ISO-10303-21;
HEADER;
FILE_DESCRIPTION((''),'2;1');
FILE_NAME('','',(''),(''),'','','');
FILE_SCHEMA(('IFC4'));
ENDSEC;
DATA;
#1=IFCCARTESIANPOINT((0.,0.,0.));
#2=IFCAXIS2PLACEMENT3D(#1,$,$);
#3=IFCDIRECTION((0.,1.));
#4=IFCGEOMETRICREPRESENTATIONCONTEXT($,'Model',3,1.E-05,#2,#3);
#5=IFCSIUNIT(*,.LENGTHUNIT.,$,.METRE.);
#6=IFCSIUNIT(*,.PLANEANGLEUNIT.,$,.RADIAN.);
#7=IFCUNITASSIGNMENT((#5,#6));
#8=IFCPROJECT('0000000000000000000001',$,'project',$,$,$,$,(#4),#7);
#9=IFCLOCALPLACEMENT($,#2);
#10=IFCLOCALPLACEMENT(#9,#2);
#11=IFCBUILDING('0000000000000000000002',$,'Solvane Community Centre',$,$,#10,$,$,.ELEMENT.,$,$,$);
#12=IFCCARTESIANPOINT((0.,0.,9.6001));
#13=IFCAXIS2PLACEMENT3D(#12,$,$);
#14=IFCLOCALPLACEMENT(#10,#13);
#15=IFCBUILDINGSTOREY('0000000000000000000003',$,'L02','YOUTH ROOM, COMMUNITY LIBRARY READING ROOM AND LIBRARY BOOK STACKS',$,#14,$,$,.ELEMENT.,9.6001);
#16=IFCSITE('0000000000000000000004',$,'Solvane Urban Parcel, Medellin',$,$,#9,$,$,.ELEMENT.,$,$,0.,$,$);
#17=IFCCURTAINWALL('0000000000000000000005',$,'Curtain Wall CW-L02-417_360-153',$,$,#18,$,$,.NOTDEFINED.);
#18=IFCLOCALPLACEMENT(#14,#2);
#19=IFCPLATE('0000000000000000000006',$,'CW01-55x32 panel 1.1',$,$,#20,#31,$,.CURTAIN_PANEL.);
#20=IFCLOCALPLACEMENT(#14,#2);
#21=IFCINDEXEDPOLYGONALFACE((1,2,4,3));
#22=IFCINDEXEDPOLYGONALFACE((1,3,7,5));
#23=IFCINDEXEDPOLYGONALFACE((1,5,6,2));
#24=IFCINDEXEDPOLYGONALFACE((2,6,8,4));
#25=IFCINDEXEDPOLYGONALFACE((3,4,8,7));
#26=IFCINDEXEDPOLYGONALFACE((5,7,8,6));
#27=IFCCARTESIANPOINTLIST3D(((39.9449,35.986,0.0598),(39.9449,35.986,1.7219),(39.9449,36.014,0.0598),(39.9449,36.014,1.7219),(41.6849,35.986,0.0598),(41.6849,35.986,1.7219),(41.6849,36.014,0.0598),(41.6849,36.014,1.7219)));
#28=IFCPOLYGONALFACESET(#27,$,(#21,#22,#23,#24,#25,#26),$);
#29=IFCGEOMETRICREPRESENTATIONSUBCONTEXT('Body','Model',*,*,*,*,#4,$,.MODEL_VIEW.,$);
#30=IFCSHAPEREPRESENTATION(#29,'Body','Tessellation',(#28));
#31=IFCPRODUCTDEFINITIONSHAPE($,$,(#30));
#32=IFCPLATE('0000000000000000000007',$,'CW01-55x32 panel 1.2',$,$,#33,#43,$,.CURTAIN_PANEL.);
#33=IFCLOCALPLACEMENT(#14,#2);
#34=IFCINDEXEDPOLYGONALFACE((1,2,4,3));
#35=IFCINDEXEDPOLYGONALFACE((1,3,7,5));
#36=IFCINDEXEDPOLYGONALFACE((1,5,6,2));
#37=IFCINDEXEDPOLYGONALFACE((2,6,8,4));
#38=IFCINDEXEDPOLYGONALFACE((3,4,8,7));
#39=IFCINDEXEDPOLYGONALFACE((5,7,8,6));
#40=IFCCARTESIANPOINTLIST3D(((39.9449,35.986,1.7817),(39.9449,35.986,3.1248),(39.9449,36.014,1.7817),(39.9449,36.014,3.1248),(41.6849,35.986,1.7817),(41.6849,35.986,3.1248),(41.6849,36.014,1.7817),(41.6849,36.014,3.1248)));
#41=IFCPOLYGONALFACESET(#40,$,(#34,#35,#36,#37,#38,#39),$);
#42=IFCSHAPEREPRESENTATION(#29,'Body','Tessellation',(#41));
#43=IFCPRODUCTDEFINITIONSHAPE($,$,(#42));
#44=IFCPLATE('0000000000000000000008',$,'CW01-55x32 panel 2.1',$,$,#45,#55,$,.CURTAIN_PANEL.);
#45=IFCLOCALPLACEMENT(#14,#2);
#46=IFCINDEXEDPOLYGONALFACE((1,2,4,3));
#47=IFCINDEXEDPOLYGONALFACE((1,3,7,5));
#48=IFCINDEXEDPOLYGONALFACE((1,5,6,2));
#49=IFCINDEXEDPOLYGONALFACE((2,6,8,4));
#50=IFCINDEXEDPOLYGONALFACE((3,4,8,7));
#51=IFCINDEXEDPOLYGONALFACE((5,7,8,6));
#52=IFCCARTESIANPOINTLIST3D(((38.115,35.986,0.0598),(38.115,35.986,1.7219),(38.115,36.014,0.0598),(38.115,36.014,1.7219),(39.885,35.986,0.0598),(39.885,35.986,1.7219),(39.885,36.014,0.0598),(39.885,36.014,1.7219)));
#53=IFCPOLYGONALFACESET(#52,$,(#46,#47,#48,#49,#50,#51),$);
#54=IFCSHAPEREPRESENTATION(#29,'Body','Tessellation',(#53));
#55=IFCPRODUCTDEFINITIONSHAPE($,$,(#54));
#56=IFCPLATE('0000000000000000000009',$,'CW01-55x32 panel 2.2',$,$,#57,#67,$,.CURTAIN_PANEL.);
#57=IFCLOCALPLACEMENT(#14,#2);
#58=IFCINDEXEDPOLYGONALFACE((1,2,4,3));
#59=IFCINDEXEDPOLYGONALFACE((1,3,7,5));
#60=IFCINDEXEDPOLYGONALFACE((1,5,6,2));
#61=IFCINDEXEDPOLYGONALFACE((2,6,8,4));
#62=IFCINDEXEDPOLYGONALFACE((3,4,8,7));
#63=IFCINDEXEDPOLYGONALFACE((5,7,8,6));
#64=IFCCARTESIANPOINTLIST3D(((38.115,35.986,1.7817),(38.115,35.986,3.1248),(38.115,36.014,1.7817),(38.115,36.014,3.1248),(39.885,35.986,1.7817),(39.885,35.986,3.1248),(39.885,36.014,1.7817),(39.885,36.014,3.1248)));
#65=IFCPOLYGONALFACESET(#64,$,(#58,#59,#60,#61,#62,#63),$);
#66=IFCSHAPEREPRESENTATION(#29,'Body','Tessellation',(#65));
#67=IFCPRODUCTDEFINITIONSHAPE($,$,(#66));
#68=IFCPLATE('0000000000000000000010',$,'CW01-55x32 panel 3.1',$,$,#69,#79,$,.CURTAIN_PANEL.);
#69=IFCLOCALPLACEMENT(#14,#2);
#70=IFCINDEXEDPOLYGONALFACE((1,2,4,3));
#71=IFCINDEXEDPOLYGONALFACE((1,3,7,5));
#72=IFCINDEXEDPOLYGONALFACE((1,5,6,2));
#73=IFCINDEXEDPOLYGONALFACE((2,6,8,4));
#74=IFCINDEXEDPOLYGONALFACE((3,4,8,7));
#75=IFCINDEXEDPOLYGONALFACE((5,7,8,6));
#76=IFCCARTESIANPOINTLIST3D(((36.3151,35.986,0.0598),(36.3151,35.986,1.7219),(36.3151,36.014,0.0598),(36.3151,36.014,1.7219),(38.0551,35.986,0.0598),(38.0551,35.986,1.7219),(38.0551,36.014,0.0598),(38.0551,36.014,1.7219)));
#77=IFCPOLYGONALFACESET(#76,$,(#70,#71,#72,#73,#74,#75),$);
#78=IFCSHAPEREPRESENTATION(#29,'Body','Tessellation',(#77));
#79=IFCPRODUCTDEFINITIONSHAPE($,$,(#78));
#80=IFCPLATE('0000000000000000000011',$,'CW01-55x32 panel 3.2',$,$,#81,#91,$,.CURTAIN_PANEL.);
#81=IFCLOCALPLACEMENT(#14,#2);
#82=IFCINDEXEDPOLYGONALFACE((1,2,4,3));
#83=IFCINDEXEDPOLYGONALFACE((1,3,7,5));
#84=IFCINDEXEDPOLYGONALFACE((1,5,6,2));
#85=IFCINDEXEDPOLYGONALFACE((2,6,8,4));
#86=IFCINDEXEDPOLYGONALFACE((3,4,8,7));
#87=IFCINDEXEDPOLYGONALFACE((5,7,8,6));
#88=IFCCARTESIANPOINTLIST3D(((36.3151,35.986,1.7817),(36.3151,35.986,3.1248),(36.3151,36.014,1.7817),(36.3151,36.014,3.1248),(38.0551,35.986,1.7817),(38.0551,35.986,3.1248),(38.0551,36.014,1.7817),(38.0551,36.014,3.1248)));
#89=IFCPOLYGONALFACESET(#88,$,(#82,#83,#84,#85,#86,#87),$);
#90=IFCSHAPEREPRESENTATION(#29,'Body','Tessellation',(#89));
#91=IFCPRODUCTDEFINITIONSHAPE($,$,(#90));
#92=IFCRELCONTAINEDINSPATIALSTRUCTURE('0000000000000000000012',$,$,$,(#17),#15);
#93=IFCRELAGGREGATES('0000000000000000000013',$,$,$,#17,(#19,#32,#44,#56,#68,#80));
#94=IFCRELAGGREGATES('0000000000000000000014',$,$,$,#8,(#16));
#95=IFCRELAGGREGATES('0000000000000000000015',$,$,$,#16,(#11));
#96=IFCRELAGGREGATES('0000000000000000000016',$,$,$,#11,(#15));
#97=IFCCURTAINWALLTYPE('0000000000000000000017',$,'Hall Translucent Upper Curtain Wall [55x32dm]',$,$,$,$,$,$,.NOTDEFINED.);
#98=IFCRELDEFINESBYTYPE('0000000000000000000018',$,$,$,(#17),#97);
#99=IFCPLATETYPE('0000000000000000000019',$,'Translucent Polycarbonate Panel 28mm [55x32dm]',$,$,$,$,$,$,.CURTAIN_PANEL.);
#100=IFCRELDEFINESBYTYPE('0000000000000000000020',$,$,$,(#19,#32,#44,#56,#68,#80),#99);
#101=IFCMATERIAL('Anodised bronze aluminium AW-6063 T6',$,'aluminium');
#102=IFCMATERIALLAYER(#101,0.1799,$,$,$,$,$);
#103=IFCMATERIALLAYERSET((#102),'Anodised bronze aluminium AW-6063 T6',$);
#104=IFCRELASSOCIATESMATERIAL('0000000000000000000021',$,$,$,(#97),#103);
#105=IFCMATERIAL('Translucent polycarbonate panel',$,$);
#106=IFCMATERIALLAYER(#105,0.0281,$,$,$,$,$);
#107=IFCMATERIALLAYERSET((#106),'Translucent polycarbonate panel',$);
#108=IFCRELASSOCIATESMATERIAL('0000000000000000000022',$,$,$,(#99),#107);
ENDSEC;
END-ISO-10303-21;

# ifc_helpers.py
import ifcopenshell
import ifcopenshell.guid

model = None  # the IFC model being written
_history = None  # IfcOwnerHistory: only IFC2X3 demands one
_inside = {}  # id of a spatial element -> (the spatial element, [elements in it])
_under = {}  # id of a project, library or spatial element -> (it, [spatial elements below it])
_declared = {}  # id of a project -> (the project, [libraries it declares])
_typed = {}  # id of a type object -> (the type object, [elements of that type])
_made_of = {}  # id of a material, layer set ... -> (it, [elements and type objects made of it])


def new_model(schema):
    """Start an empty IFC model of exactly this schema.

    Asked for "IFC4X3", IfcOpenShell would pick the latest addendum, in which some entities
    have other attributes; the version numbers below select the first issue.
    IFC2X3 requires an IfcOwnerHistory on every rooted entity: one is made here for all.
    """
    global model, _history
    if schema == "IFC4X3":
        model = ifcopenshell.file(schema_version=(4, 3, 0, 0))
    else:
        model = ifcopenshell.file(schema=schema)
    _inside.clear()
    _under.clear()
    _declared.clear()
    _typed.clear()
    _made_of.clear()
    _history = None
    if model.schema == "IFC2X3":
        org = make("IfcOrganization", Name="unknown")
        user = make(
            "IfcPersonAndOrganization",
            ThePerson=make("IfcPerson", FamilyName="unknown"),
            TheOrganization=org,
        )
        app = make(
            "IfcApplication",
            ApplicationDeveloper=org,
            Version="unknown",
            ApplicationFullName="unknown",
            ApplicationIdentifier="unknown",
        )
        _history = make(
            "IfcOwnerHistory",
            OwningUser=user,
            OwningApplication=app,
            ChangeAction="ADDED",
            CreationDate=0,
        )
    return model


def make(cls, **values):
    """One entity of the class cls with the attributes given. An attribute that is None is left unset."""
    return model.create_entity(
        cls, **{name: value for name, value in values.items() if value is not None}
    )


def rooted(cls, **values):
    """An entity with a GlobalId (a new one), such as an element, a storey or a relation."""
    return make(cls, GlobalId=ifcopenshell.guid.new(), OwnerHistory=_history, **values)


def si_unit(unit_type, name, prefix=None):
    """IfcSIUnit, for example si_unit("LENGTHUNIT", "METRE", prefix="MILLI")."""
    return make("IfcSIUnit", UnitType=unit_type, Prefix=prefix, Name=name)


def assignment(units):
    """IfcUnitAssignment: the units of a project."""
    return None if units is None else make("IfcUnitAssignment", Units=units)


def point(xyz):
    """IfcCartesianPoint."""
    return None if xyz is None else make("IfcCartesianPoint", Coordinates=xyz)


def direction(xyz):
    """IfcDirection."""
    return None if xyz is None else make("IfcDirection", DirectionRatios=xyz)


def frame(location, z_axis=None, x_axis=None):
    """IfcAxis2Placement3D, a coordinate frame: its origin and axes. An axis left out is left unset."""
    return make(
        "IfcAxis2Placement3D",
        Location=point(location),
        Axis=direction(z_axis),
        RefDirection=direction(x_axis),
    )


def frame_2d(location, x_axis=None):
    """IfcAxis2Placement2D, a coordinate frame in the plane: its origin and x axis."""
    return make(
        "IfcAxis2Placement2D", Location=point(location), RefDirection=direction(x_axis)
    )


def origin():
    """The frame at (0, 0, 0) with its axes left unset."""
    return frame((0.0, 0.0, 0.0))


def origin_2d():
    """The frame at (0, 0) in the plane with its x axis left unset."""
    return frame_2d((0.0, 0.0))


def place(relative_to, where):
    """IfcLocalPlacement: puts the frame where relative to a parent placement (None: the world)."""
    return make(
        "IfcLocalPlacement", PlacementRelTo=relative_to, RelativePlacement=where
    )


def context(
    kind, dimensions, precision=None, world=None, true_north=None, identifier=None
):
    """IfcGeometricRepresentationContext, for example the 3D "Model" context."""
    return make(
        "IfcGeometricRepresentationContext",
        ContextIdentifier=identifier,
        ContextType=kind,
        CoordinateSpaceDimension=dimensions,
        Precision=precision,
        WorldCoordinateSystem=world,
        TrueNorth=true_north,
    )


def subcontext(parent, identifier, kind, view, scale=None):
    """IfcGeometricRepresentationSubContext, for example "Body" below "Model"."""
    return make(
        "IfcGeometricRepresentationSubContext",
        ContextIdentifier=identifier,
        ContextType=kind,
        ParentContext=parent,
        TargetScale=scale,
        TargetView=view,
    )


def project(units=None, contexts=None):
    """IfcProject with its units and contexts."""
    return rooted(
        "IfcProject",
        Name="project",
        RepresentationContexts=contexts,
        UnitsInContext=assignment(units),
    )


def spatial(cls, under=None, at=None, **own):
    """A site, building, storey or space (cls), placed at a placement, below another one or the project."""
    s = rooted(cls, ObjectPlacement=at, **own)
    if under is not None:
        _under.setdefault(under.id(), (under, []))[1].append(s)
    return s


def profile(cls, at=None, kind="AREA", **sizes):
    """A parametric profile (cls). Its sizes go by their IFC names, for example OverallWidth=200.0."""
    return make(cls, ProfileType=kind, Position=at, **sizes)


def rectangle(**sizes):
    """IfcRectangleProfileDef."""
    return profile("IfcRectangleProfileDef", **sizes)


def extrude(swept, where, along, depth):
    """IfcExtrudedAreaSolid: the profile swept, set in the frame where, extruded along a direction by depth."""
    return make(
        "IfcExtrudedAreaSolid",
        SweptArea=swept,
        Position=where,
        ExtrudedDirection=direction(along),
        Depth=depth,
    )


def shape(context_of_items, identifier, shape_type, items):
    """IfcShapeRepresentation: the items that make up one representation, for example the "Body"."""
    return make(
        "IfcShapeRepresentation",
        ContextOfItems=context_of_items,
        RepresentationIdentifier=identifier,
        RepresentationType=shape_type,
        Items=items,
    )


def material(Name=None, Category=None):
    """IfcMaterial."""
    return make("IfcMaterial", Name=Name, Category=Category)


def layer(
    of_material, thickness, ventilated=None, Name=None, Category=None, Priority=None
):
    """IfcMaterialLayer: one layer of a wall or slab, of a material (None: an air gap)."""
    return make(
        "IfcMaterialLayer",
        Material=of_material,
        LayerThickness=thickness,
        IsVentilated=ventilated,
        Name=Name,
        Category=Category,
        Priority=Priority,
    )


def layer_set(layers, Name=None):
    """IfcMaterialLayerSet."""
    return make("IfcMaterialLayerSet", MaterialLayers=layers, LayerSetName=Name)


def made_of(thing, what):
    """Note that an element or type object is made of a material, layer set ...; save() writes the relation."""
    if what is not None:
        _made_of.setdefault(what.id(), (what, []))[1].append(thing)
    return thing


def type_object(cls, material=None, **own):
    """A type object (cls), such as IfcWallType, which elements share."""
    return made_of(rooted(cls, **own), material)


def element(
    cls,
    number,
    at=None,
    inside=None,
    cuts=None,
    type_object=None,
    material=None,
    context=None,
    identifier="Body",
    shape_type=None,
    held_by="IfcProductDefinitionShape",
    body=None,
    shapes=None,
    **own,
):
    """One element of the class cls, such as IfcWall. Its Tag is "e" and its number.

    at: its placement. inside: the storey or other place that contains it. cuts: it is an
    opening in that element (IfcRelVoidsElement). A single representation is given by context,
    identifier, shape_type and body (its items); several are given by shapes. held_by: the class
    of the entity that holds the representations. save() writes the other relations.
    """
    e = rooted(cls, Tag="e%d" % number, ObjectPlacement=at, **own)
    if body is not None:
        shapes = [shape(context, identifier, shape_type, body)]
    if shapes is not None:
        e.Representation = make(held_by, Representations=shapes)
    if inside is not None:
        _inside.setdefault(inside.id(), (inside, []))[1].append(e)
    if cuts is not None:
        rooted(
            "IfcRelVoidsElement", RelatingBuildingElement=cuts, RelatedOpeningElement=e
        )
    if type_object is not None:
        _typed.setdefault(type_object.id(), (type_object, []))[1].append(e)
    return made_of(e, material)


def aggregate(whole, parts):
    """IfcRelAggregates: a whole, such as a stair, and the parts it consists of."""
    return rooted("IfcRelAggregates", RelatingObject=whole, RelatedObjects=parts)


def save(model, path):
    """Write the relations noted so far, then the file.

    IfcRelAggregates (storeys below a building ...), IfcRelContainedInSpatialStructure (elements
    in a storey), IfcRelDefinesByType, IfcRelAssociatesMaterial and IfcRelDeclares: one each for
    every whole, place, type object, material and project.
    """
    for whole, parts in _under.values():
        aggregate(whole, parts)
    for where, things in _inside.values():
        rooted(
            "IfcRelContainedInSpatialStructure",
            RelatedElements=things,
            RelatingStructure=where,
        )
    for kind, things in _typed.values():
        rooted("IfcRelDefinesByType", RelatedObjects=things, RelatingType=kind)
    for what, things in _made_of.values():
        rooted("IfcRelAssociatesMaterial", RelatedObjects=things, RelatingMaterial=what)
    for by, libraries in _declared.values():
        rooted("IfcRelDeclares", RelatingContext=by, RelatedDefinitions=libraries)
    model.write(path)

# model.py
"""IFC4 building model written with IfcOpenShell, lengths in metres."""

from ifc_helpers import new_model, si_unit, direction, frame, origin, origin_2d, place, context, subcontext, project, spatial, rectangle, extrude, material, layer, layer_set, type_object, element, aggregate, save


model = new_model("IFC4")

# Units and contexts
model_context = context("Model", 3, precision=1e-05, world=origin(), true_north=direction((0.0, 1.0)))
body_context = subcontext(model_context, "Body", "Model", "MODEL_VIEW")
ifc_project = project(units=[si_unit("LENGTHUNIT", "METRE"), si_unit("PLANEANGLEUNIT", "RADIAN")], contexts=[model_context])

# Site, building, storey
site_placement = place(None, origin())
site = spatial("IfcSite", under=ifc_project, at=site_placement, Name="Solvane Urban Parcel, Medellin", CompositionType="ELEMENT", RefElevation=0.0)
building_placement = place(site_placement, origin())
building = spatial("IfcBuilding", under=site, at=building_placement, Name="Solvane Community Centre", CompositionType="ELEMENT")
storey_placement = place(building_placement, frame((0.0, 0.0, 9.6001)))
storey = spatial("IfcBuildingStorey", under=building, at=storey_placement, Name="L02", Description="YOUTH ROOM, COMMUNITY LIBRARY READING ROOM AND LIBRARY BOOK STACKS", CompositionType="ELEMENT", Elevation=9.6001)

# Curtain wall
ifc_material_1 = material(Name="Anodised bronze aluminium AW-6063 T6", Category="aluminium")
ifc_layer_1 = layer(ifc_material_1, 0.1799)
ifc_layer_set_1 = layer_set([ifc_layer_1], Name="Anodised bronze aluminium AW-6063 T6")
curtain_wall_type = type_object("IfcCurtainWallType", Name="Hall Translucent Upper Curtain Wall [55x32dm]", PredefinedType="NOTDEFINED", material=ifc_layer_set_1)
curtain_wall_placement = place(storey_placement, origin())
curtain_wall = element("IfcCurtainWall", 1, at=curtain_wall_placement, inside=storey, type_object=curtain_wall_type, Name="Curtain Wall CW-L02-417_360-153", PredefinedType="NOTDEFINED")

# Plates
ifc_material_2 = material(Name="Translucent polycarbonate panel")
ifc_layer_2 = layer(ifc_material_2, 0.0281)
ifc_layer_set_2 = layer_set([ifc_layer_2], Name="Translucent polycarbonate panel")
plate_type = type_object("IfcPlateType", Name="Translucent Polycarbonate Panel 28mm [55x32dm]", PredefinedType="CURTAIN_PANEL", material=ifc_layer_set_2)
plate_1_placement = place(storey_placement, frame((40.8149, 36.0, 0.0598), z_axis=(0.0, 0.0, 1.0), x_axis=(-1.0, 0.0, 0.0)))
plate_1 = element("IfcPlate", 2, at=plate_1_placement, type_object=plate_type, Name="CW01-55x32 panel 1.1", PredefinedType="CURTAIN_PANEL", context=body_context, shape_type="SweptSolid", body=[
    extrude(rectangle(XDim=1.74, YDim=0.0281, at=origin_2d()), origin(), (0.0, 0.0, 1.0), 1.6621),
])
plate_2_placement = place(storey_placement, frame((40.8149, 36.0, 1.7817), z_axis=(0.0, 0.0, 1.0), x_axis=(-1.0, 0.0, 0.0)))
plate_2 = element("IfcPlate", 3, at=plate_2_placement, type_object=plate_type, Name="CW01-55x32 panel 1.2", PredefinedType="CURTAIN_PANEL", context=body_context, shape_type="SweptSolid", body=[
    extrude(rectangle(XDim=1.74, YDim=0.0281, at=origin_2d()), origin(), (0.0, 0.0, 1.0), 1.343),
])
plate_3_placement = place(storey_placement, frame((39.0, 36.0, 0.0598), z_axis=(0.0, 0.0, 1.0), x_axis=(-1.0, 0.0, 0.0)))
plate_3 = element("IfcPlate", 4, at=plate_3_placement, type_object=plate_type, Name="CW01-55x32 panel 2.1", PredefinedType="CURTAIN_PANEL", context=body_context, shape_type="SweptSolid", body=[
    extrude(rectangle(XDim=1.77, YDim=0.0281, at=origin_2d()), origin(), (0.0, 0.0, 1.0), 1.6621),
])
plate_4_placement = place(storey_placement, frame((39.0, 36.0, 1.7817), z_axis=(0.0, 0.0, 1.0), x_axis=(-1.0, 0.0, 0.0)))
plate_4 = element("IfcPlate", 5, at=plate_4_placement, type_object=plate_type, Name="CW01-55x32 panel 2.2", PredefinedType="CURTAIN_PANEL", context=body_context, shape_type="SweptSolid", body=[
    extrude(rectangle(XDim=1.77, YDim=0.0281, at=origin_2d()), origin(), (0.0, 0.0, 1.0), 1.343),
])
plate_5_placement = place(storey_placement, frame((37.1851, 36.0, 0.0598), z_axis=(0.0, 0.0, 1.0), x_axis=(-1.0, 0.0, 0.0)))
plate_5 = element("IfcPlate", 6, at=plate_5_placement, type_object=plate_type, Name="CW01-55x32 panel 3.1", PredefinedType="CURTAIN_PANEL", context=body_context, shape_type="SweptSolid", body=[
    extrude(rectangle(XDim=1.74, YDim=0.0281, at=origin_2d()), origin(), (0.0, 0.0, 1.0), 1.6621),
])
plate_6_placement = place(storey_placement, frame((37.1851, 36.0, 1.7817), z_axis=(0.0, 0.0, 1.0), x_axis=(-1.0, 0.0, 0.0)))
plate_6 = element("IfcPlate", 7, at=plate_6_placement, type_object=plate_type, Name="CW01-55x32 panel 3.2", PredefinedType="CURTAIN_PANEL", context=body_context, shape_type="SweptSolid", body=[
    extrude(rectangle(XDim=1.74, YDim=0.0281, at=origin_2d()), origin(), (0.0, 0.0, 1.0), 1.343),
])
aggregate(curtain_wall, [plate_1, plate_2, plate_3, plate_4, plate_5, plate_6])

save(model, "model.ifc")
